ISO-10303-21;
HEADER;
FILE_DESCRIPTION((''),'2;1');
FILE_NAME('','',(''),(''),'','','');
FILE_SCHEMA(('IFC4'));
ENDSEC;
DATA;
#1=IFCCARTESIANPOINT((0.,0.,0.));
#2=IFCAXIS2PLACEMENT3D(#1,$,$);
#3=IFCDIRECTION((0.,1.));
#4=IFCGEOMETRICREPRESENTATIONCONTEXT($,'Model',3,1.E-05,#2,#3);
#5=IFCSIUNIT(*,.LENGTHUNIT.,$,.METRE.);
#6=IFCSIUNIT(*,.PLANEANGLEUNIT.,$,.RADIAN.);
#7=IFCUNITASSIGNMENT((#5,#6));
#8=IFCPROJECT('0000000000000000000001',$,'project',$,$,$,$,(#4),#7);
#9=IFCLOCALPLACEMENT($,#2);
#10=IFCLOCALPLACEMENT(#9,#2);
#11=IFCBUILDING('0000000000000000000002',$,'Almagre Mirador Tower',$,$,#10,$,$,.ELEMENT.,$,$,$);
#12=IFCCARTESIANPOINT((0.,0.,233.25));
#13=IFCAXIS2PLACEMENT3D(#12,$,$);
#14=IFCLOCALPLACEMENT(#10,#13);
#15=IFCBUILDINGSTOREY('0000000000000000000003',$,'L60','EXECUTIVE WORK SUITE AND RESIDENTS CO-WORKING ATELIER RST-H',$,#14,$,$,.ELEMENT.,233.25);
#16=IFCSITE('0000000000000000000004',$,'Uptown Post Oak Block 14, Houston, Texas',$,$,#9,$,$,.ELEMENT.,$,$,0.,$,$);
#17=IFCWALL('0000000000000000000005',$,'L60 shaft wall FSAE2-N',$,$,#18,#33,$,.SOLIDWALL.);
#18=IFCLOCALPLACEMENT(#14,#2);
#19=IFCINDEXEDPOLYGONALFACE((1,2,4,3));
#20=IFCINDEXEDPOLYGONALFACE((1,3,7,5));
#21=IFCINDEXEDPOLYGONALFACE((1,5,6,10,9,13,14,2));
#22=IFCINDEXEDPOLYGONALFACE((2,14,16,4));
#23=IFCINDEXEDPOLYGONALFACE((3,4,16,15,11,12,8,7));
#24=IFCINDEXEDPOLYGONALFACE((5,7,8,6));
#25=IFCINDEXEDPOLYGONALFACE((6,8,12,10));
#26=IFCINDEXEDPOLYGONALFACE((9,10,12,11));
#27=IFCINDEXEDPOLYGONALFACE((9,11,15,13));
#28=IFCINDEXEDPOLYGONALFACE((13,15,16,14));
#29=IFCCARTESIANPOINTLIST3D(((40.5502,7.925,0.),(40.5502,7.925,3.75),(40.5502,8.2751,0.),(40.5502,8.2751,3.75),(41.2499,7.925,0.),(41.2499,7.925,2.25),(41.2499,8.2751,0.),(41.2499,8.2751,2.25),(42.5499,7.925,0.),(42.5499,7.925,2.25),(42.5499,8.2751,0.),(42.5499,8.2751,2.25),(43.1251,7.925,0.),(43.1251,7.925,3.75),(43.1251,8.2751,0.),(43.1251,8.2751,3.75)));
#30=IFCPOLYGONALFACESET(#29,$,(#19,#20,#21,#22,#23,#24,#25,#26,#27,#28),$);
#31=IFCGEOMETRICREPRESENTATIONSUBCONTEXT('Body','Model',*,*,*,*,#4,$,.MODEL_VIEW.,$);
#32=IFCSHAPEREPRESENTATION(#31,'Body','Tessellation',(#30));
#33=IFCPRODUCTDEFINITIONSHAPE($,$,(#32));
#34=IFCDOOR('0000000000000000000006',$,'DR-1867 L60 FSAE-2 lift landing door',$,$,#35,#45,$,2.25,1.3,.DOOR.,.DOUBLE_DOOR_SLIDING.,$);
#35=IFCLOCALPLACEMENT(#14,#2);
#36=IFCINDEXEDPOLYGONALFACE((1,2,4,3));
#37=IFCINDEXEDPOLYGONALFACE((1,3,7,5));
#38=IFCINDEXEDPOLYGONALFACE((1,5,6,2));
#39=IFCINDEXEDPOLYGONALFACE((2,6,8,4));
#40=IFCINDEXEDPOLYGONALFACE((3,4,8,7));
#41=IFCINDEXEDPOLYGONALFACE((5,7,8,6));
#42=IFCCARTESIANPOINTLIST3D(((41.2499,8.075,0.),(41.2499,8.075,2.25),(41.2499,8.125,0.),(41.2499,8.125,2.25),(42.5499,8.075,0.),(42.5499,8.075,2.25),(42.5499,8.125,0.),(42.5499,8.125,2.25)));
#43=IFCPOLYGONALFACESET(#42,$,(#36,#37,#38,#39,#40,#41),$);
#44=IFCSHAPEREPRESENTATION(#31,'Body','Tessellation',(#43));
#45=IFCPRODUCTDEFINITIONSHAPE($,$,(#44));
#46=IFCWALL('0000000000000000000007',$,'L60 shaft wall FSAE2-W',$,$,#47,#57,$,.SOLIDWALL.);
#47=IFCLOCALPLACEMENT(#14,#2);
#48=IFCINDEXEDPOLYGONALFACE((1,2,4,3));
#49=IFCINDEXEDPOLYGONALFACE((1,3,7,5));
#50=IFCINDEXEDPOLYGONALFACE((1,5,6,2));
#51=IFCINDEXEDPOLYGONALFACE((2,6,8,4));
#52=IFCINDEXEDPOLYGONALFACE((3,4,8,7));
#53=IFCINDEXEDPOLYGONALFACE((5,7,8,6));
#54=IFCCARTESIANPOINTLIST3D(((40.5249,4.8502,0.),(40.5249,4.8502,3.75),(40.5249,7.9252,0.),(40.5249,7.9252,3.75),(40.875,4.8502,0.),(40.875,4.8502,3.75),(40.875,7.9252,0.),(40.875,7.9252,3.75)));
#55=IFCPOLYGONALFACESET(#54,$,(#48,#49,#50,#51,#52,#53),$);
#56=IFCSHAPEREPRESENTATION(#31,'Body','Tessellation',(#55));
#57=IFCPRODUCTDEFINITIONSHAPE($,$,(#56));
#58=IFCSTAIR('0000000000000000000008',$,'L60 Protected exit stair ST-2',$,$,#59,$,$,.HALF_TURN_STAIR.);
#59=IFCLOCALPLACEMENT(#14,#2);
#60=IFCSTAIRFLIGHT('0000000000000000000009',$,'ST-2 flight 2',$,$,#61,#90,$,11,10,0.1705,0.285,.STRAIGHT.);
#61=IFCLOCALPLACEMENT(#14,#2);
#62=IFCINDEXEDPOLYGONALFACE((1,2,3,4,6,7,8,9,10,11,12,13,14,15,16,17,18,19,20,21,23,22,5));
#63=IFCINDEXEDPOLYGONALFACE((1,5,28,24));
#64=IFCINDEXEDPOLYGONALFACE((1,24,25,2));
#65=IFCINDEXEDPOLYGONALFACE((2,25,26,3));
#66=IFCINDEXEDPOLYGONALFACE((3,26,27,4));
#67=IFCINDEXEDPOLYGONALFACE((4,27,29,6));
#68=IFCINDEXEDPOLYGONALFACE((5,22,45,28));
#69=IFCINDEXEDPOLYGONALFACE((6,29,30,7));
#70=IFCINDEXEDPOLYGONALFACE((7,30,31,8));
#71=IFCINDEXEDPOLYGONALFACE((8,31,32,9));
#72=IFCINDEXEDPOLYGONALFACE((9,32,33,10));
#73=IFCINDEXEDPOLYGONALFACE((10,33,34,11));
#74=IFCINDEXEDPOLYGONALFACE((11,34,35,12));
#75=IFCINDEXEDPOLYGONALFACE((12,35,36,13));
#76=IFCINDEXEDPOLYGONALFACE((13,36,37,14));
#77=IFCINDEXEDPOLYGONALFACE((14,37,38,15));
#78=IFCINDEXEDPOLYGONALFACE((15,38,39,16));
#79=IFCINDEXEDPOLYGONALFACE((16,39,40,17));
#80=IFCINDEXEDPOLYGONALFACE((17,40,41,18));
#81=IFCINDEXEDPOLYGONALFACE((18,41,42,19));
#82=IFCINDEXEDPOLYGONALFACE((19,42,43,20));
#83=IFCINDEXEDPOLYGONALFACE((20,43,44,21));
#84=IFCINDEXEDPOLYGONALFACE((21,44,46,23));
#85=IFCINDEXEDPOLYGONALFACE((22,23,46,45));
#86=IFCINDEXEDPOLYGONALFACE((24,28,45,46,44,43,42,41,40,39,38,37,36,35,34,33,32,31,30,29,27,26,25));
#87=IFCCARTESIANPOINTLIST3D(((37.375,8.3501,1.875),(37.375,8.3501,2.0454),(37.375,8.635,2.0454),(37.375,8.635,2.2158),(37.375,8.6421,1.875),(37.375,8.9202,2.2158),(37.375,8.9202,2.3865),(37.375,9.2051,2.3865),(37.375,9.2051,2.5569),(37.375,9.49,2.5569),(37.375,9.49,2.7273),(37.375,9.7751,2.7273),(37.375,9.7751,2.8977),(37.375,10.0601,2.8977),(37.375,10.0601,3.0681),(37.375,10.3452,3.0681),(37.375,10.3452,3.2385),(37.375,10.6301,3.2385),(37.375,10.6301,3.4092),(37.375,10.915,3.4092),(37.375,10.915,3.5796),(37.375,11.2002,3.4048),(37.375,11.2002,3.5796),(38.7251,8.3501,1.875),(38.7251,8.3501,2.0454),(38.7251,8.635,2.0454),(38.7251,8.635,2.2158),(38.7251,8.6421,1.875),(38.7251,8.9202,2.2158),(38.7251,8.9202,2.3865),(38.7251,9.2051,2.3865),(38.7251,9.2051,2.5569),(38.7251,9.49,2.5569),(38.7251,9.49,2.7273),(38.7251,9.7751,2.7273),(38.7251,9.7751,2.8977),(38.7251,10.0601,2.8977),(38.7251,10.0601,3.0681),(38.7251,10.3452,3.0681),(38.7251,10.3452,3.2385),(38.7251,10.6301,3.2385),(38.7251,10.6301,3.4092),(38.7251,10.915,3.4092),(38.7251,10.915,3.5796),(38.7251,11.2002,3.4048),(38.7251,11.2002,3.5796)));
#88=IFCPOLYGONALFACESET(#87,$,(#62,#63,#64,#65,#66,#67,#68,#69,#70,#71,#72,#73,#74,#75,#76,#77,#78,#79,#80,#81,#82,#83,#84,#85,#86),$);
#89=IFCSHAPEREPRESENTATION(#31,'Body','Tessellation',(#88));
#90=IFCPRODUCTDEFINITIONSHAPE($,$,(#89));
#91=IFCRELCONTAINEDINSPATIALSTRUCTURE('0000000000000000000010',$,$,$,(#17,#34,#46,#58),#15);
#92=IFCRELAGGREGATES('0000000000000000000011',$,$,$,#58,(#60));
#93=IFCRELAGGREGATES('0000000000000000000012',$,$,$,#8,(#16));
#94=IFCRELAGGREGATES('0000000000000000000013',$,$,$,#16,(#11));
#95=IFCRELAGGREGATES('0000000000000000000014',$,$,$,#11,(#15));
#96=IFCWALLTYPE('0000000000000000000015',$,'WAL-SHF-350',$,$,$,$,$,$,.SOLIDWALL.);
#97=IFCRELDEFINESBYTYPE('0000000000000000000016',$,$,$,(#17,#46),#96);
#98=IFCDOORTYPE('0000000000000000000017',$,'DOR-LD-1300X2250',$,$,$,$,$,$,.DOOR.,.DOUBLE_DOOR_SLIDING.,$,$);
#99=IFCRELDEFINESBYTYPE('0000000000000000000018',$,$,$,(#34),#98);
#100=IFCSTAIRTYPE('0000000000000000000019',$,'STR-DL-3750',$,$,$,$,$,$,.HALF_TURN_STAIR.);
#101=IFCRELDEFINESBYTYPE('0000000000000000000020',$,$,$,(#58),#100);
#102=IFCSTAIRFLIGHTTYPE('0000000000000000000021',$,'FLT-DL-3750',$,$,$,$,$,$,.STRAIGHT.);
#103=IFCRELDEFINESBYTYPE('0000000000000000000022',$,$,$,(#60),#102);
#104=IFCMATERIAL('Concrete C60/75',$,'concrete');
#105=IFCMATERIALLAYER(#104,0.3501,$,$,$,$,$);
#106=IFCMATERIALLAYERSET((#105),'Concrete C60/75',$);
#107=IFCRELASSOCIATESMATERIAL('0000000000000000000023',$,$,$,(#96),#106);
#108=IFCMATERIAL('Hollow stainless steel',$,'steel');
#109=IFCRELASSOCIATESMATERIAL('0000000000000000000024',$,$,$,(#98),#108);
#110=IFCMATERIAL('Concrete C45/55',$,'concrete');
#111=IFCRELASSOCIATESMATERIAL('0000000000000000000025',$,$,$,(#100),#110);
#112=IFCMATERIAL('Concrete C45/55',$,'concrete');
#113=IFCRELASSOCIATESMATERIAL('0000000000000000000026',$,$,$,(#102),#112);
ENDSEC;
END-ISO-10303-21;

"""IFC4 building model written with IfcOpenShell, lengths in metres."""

from ifc_helpers import new_model, si_unit, direction, frame, frame_2d, origin, place, context, subcontext, project, spatial, polyline, rectangle, outline, extrude, material, layer, layer_set, type_object, element, fill, aggregate, save


model = new_model("IFC4")

# Units and contexts
model_context = context("Model", 3, precision=1e-05, world=origin(), true_north=direction((0.0, 1.0)))
body_context = subcontext(model_context, "Body", "Model", "MODEL_VIEW")
ifc_project = project(units=[si_unit("LENGTHUNIT", "METRE"), si_unit("PLANEANGLEUNIT", "RADIAN")], contexts=[model_context])

# Site, building, storey
site_placement = place(None, origin())
site = spatial("IfcSite", under=ifc_project, at=site_placement, Name="Uptown Post Oak Block 14, Houston, Texas", CompositionType="ELEMENT", RefElevation=0.0)
building_placement = place(site_placement, origin())
building = spatial("IfcBuilding", under=site, at=building_placement, Name="Almagre Mirador Tower", CompositionType="ELEMENT")
storey_placement = place(building_placement, frame((0.0, 0.0, 233.25)))
storey = spatial("IfcBuildingStorey", under=building, at=storey_placement, Name="L60", Description="EXECUTIVE WORK SUITE AND RESIDENTS CO-WORKING ATELIER RST-H", CompositionType="ELEMENT", Elevation=233.25)

# Shared definitions
ifc_material_1 = material(Name="Concrete C60/75", Category="concrete")
ifc_layer_1 = layer(ifc_material_1, 0.3501)
ifc_layer_set_1 = layer_set([ifc_layer_1], Name="Concrete C60/75")
wall_type_1 = type_object("IfcWallType", Name="WAL-SHF-350", PredefinedType="SOLIDWALL", material=ifc_layer_set_1)

# Wall, opening, door
wall_1_placement = place(storey_placement, frame((40.55, 8.1001, 0.0), z_axis=(0.0, 0.0, 1.0), x_axis=(1.0, 0.0, 0.0)))
wall_1 = element("IfcWall", 1, at=wall_1_placement, inside=storey, type_object=wall_type_1, Name="L60 shaft wall FSAE2-N", PredefinedType="SOLIDWALL", context=body_context, shape_type="SweptSolid", body=[
    extrude(rectangle(XDim=2.575, YDim=0.3501, at=frame_2d((1.2876, 0.0))), origin(), (0.0, 0.0, 1.0), 3.75),
])
opening_1_placement = place(wall_1_placement, frame((0.7, 0.0, 0.0)))
opening_1 = element("IfcOpeningElement", 2, at=opening_1_placement, cuts=wall_1, PredefinedType="OPENING", context=body_context, shape_type="SweptSolid", body=[
    extrude(rectangle(XDim=1.3, YDim=2.25, at=frame_2d((0.6499, 1.125))), frame((0.0, 0.185, 0.0), z_axis=(0.0, -1.0, 0.0), x_axis=(1.0, 0.0, 0.0)), (0.0, 0.0, 1.0), 0.3701),
])
ifc_material_2 = material(Name="Hollow stainless steel", Category="steel")
door_type_1 = type_object("IfcDoorType", Name="DOR-LD-1300X2250", OperationType="DOUBLE_DOOR_SLIDING", PredefinedType="DOOR", material=ifc_material_2)
door_1_placement = place(opening_1_placement, origin())
door_1 = element("IfcDoor", 3, at=door_1_placement, inside=storey, type_object=door_type_1, Name="DR-1867 L60 FSAE-2 lift landing door", OperationType="DOUBLE_DOOR_SLIDING", OverallHeight=2.25, OverallWidth=1.3, PredefinedType="DOOR", context=body_context, shape_type="SweptSolid", body=[
    extrude(rectangle(XDim=1.3, YDim=2.25, at=frame_2d((0.6499, 1.125))), frame((0.0, 0.0249, 0.0), z_axis=(0.0, -1.0, 0.0), x_axis=(1.0, 0.0, 0.0)), (0.0, 0.0, 1.0), 0.05),
])
fill(opening_1, door_1)

# Wall
wall_2_placement = place(storey_placement, frame((40.7, 4.8501, 0.0), z_axis=(0.0, 0.0, 1.0), x_axis=(0.0, 1.0, 0.0)))
element("IfcWall", 4, at=wall_2_placement, inside=storey, type_object=wall_type_1, Name="L60 shaft wall FSAE2-W", PredefinedType="SOLIDWALL", context=body_context, shape_type="SweptSolid", body=[
    extrude(rectangle(XDim=3.075, YDim=0.3501, at=frame_2d((1.5376, 0.0))), origin(), (0.0, 0.0, 1.0), 3.75),
])

# Stair, stair flight
ifc_material_3 = material(Name="Concrete C45/55", Category="concrete")
stair_type = type_object("IfcStairType", Name="STR-DL-3750", PredefinedType="HALF_TURN_STAIR", material=ifc_material_3)
stair_placement = place(storey_placement, origin())
stair = element("IfcStair", 5, at=stair_placement, inside=storey, type_object=stair_type, Name="L60 Protected exit stair ST-2", PredefinedType="HALF_TURN_STAIR")
ifc_material_4 = material(Name="Concrete C45/55", Category="concrete")
stair_flight_type = type_object("IfcStairFlightType", Name="FLT-DL-3750", PredefinedType="STRAIGHT", material=ifc_material_4)
stair_flight_placement = place(storey_placement, frame((38.05, 8.3501, 1.875), z_axis=(0.0, 0.0, 1.0), x_axis=(0.0, 1.0, 0.0)))
stair_flight = element("IfcStairFlight", 6, at=stair_flight_placement, type_object=stair_flight_type, Name="ST-2 flight 2", NumberOfRisers=11, NumberOfTreads=10, PredefinedType="STRAIGHT", RiserHeight=0.1705, TreadLength=0.285, context=body_context, shape_type="SweptSolid", body=[
    extrude(outline(polyline([(0.0, 0.0), (0.0, 0.1704), (0.2849, 0.1704), (0.2849, 0.3408), (0.5701, 0.3408), (0.5701, 0.5115), (0.855, 0.5115), (0.855, 0.6819), (1.1399, 0.6819), (1.1399, 0.8523), (1.425, 0.8523), (1.425, 1.0227), (1.71, 1.0227), (1.71, 1.1931), (1.9951, 1.1931), (1.9951, 1.3635), (2.28, 1.3635), (2.28, 1.5342), (2.5649, 1.5342), (2.5649, 1.7046), (2.8501, 1.7046), (2.8501, 1.875), (2.8501, 1.5298), (0.292, 0.0), (0.0, 0.0)])), frame((0.0, 0.675, 0.0), z_axis=(0.0, -1.0, 0.0), x_axis=(1.0, 0.0, 0.0)), (0.0, 0.0, 1.0), 1.3501),
])
aggregate(stair, [stair_flight])

save(model, "model.ifc")
